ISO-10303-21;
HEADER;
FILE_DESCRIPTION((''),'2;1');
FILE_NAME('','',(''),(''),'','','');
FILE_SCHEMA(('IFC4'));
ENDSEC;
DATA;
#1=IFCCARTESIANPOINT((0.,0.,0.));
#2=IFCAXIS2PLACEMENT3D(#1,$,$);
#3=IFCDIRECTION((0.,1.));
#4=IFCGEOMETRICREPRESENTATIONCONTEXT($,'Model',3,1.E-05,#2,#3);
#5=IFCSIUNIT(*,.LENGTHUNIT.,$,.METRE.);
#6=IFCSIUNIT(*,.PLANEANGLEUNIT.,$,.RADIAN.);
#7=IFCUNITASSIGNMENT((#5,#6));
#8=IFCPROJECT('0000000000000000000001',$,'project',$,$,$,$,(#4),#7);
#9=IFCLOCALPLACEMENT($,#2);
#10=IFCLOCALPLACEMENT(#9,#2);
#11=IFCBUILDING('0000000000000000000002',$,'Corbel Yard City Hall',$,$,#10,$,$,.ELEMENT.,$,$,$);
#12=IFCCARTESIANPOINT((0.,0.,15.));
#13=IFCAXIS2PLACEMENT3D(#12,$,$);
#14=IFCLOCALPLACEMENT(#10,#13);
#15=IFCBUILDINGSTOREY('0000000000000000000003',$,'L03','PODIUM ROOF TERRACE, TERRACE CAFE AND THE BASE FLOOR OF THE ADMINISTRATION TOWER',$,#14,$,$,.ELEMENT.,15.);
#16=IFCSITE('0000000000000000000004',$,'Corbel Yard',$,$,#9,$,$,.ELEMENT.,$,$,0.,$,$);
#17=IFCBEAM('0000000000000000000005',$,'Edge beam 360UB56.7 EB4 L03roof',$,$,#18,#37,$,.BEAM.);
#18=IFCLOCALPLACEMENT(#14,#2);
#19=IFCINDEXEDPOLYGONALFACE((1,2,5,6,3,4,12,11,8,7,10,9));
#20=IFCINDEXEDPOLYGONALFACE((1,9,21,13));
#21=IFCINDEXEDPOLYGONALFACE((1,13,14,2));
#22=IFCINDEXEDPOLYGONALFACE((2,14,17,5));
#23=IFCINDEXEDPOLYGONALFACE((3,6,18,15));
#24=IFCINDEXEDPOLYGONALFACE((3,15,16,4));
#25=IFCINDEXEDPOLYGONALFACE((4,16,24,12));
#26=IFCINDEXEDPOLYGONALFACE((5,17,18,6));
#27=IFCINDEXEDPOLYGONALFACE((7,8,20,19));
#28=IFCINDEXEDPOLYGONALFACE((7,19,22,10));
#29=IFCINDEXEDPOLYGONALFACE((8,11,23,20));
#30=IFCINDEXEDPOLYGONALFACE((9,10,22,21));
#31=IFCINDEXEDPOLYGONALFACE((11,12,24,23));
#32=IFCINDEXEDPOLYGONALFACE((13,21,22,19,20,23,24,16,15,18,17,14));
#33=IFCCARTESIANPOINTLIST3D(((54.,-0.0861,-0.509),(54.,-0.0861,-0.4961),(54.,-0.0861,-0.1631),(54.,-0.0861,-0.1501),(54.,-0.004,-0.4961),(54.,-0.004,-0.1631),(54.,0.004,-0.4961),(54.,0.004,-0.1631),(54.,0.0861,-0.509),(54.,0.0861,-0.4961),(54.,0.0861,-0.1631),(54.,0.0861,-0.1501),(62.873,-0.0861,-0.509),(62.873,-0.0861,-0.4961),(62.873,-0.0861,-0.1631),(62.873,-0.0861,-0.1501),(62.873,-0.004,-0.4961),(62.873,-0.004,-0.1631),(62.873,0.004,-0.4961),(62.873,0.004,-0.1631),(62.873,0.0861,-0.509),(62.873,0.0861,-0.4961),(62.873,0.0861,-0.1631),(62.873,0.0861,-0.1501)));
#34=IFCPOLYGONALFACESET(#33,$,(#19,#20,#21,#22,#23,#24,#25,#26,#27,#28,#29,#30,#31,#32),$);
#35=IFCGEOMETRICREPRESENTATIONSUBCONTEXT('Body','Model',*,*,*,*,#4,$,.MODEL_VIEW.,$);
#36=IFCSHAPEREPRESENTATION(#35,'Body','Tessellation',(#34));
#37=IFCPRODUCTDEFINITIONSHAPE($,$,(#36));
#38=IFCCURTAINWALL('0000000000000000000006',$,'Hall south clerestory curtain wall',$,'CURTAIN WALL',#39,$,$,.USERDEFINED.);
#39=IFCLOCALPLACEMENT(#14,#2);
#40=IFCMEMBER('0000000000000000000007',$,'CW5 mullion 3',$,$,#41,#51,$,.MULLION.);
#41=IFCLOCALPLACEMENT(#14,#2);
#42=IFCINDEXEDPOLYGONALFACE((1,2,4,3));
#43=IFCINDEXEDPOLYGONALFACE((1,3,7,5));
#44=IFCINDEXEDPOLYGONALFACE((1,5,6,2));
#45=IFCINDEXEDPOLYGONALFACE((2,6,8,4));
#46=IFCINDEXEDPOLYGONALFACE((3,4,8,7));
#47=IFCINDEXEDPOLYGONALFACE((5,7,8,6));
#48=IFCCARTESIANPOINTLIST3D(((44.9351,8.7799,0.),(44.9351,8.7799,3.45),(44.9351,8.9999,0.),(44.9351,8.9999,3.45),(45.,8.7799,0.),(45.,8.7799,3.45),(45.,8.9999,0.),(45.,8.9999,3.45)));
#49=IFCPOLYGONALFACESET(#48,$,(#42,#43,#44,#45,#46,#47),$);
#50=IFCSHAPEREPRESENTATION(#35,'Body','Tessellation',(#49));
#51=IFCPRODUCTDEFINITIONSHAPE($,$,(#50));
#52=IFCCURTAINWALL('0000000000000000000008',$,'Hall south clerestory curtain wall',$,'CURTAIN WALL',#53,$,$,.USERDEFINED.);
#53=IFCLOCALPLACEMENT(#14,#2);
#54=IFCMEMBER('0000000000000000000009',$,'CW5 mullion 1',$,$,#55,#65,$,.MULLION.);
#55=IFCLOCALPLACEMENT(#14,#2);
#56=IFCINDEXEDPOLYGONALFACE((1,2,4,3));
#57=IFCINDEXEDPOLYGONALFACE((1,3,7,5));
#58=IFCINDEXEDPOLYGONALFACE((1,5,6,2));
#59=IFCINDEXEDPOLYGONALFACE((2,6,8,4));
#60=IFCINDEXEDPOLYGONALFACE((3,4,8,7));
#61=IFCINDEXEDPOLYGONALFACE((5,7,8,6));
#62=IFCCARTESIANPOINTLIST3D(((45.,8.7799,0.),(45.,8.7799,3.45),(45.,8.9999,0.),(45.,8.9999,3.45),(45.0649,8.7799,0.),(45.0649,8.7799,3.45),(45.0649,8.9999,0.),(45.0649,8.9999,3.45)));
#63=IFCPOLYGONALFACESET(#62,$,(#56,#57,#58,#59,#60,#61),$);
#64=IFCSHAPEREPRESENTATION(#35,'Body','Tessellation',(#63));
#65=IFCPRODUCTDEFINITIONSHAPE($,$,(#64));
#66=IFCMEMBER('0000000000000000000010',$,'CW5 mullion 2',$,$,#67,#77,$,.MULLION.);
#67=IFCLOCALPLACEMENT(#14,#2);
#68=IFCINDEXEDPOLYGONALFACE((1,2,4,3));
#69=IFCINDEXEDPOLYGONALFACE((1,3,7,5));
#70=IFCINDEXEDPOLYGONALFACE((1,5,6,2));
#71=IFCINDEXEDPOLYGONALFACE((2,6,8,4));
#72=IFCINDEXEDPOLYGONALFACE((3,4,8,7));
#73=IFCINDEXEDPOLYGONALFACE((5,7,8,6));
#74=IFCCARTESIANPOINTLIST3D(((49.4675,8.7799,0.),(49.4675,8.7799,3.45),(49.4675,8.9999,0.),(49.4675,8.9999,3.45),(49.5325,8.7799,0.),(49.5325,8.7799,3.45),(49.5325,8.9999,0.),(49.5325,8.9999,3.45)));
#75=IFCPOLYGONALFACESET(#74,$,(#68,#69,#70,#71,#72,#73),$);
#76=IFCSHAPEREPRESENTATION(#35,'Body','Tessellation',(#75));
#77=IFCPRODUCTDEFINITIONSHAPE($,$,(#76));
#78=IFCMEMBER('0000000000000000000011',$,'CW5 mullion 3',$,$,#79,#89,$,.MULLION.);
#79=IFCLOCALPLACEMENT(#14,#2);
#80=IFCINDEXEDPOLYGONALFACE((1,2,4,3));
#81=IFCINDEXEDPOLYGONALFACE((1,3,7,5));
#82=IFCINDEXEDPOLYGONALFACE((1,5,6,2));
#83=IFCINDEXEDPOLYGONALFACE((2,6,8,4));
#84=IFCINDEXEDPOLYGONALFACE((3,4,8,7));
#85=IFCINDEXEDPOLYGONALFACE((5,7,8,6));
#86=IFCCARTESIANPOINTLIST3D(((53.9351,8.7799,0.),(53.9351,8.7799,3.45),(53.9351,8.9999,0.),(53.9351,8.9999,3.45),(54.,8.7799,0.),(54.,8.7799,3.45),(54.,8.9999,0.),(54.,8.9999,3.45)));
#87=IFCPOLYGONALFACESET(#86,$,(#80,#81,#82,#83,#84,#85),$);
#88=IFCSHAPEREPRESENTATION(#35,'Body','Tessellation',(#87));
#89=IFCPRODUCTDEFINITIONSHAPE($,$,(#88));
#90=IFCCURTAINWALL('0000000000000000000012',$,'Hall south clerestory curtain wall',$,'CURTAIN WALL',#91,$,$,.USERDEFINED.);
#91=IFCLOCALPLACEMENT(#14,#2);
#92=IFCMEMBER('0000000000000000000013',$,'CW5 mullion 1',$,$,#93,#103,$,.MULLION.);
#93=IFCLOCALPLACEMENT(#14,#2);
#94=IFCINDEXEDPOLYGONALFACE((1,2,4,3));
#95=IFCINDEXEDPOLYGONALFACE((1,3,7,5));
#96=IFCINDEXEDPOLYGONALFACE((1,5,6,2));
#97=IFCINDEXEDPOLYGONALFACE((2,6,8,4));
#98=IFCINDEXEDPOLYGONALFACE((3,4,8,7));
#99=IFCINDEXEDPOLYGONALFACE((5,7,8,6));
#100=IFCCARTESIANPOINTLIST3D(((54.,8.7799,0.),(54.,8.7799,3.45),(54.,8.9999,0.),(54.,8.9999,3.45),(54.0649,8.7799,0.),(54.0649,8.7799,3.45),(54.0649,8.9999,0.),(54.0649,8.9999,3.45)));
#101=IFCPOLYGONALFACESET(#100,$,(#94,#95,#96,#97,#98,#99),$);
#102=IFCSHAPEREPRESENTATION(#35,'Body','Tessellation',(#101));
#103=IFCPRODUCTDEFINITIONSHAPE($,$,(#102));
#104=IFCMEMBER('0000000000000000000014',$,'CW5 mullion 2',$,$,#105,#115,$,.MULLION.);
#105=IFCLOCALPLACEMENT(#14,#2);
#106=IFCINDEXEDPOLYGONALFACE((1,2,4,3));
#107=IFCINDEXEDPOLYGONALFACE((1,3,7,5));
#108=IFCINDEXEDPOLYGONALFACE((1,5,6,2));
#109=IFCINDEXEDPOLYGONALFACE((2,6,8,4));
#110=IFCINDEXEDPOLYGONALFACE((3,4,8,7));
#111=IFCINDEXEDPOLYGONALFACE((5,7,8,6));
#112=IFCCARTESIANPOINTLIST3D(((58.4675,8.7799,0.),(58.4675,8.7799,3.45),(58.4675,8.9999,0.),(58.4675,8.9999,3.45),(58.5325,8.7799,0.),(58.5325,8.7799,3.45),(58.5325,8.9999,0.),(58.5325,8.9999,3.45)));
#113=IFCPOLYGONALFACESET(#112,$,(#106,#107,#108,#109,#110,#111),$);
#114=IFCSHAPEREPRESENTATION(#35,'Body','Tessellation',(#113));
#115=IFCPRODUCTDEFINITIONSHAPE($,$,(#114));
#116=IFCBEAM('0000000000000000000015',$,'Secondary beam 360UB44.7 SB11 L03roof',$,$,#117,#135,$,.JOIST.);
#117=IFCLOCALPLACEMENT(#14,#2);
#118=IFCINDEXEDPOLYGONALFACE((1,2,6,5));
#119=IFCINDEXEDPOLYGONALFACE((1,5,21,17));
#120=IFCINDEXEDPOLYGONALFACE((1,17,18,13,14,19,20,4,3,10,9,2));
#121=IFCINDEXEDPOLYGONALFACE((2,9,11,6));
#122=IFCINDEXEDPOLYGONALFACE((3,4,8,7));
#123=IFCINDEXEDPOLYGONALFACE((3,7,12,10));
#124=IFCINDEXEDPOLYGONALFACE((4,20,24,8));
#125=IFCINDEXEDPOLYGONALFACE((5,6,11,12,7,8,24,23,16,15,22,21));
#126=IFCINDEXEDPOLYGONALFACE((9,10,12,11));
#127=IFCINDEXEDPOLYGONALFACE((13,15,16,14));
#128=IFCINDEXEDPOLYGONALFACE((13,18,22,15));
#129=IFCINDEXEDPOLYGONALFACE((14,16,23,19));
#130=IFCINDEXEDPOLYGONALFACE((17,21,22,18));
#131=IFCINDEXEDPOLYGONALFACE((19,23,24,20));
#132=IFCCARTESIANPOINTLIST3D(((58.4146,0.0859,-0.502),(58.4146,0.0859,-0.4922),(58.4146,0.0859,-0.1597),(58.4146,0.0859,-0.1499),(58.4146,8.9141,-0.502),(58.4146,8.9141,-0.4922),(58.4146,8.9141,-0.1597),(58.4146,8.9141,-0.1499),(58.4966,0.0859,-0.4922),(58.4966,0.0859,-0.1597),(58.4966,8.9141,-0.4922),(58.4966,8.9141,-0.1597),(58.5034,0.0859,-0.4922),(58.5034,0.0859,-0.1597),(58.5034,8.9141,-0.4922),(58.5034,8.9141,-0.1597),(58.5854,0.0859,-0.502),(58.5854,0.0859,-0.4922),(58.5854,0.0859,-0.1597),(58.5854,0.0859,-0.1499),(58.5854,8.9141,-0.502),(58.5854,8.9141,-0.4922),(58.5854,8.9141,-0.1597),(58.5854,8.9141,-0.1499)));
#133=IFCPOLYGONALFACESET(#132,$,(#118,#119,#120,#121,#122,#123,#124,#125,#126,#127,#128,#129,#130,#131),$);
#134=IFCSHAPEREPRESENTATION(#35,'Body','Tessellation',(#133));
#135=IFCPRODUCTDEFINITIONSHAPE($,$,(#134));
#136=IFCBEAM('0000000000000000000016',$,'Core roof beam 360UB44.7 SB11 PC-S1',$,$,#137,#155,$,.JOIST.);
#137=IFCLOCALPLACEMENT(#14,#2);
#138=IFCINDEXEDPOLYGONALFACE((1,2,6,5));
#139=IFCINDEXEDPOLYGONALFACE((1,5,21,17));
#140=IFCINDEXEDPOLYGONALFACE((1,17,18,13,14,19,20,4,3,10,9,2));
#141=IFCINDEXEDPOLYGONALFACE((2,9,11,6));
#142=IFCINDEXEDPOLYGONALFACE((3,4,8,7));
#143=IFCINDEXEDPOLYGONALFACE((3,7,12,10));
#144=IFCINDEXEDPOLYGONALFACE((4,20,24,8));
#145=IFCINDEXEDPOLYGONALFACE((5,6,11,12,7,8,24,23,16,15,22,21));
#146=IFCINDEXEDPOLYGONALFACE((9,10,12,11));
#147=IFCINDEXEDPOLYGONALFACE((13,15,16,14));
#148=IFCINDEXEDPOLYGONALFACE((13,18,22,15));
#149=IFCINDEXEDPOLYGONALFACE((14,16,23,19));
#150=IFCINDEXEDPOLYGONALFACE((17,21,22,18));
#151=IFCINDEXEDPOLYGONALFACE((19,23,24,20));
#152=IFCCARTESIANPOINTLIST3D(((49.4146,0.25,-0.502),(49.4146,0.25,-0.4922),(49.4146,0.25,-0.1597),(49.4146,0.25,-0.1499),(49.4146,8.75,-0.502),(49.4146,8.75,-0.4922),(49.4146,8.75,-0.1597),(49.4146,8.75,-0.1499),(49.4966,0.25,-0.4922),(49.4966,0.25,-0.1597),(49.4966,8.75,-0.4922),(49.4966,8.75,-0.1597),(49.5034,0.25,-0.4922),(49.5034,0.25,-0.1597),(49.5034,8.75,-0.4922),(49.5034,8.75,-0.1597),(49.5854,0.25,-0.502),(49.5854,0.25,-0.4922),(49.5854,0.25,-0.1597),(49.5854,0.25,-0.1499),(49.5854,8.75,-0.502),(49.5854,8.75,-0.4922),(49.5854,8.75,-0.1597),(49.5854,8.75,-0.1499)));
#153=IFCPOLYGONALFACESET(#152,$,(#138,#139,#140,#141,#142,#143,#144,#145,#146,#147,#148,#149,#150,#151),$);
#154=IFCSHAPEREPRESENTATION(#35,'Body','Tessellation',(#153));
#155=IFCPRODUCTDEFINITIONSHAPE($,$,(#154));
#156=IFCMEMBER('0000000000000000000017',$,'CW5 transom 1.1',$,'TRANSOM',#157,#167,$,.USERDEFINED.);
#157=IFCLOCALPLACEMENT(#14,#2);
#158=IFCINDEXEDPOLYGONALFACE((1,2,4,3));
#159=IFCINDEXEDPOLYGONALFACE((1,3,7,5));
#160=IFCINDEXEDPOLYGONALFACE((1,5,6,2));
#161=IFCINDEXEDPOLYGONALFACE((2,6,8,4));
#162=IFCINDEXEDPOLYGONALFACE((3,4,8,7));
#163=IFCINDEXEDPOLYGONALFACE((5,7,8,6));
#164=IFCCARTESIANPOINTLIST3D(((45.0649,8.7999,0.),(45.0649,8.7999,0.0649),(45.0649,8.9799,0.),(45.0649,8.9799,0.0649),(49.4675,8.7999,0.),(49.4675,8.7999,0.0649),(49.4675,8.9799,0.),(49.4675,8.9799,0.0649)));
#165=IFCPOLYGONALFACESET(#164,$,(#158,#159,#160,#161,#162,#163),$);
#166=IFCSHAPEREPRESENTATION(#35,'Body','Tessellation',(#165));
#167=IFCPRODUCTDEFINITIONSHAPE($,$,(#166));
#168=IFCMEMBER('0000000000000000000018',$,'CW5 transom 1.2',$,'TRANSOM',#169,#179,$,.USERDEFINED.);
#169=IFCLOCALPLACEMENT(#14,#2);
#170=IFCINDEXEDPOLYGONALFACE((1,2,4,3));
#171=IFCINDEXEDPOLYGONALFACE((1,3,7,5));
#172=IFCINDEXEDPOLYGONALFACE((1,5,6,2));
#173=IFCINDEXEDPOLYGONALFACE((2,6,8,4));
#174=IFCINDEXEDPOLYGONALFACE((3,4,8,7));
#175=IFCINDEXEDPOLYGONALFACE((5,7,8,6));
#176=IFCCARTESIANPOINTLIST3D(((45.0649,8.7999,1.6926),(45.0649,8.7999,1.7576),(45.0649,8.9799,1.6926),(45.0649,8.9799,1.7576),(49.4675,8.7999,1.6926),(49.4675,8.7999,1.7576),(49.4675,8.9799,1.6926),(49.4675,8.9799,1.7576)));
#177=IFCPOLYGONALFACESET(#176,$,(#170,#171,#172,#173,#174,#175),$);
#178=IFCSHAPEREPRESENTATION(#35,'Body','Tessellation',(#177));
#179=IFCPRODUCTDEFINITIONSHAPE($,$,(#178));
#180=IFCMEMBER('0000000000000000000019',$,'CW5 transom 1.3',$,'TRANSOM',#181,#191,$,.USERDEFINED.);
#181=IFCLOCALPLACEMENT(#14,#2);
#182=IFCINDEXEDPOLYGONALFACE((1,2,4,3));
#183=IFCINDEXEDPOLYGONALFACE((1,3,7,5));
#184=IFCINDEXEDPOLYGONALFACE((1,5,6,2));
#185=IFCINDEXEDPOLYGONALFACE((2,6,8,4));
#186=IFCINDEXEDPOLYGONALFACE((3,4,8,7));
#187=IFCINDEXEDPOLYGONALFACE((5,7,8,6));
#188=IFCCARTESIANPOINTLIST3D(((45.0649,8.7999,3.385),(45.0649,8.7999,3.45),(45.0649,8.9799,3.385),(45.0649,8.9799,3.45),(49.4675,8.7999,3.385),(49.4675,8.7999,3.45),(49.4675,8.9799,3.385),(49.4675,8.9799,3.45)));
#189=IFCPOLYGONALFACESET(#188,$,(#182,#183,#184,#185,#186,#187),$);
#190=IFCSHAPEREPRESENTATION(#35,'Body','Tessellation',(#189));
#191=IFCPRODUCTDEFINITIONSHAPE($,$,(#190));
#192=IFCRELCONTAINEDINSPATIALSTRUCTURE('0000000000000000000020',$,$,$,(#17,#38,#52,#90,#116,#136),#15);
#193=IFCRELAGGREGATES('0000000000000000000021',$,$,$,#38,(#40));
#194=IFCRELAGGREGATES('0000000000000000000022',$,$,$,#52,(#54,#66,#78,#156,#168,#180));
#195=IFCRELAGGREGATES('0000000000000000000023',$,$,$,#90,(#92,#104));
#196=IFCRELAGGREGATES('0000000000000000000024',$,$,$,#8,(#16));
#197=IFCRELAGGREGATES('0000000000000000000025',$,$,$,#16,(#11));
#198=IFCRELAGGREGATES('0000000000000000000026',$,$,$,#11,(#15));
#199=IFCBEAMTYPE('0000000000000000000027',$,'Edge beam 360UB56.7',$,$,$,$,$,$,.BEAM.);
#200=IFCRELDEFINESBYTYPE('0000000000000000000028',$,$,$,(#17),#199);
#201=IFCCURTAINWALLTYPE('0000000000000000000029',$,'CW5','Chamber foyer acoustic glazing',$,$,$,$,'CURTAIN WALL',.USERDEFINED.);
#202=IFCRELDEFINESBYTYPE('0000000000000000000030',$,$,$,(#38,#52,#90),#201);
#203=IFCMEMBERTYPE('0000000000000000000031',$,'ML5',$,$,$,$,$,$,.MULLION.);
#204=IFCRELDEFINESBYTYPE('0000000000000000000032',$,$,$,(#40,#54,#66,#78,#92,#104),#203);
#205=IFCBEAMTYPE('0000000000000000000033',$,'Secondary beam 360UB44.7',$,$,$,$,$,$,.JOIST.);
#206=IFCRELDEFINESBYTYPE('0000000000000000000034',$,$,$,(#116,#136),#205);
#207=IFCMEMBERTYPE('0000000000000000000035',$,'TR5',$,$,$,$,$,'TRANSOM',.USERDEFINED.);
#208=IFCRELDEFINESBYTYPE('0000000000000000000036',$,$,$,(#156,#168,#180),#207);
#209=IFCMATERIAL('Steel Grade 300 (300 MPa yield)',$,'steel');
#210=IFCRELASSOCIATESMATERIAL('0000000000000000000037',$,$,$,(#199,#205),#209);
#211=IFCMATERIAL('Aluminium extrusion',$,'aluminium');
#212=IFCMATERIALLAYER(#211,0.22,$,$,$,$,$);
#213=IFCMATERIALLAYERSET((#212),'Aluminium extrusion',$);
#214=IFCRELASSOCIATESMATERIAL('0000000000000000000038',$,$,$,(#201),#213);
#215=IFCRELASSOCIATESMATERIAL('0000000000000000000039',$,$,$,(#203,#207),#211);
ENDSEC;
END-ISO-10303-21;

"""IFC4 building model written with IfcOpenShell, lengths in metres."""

from ifc_helpers import new_model, si_unit, direction, frame, origin, origin_2d, place, context, subcontext, project, spatial, rectangle, i_section, extrude, material, layer, layer_set, material_profile, profile_set, type_object, element, aggregate, save


model = new_model("IFC4")

# Units and contexts
model_context = context("Model", 3, precision=1e-05, world=origin(), true_north=direction((0.0, 1.0)))
body_context = subcontext(model_context, "Body", "Model", "MODEL_VIEW")
ifc_project = project(units=[si_unit("LENGTHUNIT", "METRE"), si_unit("PLANEANGLEUNIT", "RADIAN")], contexts=[model_context])

# Site, building, storey
site_placement = place(None, origin())
site = spatial("IfcSite", under=ifc_project, at=site_placement, Name="Corbel Yard", CompositionType="ELEMENT", RefElevation=0.0)
building_placement = place(site_placement, origin())
building = spatial("IfcBuilding", under=site, at=building_placement, Name="Corbel Yard City Hall", CompositionType="ELEMENT")
storey_placement = place(building_placement, frame((0.0, 0.0, 15.0)))
storey = spatial("IfcBuildingStorey", under=building, at=storey_placement, Name="L03", Description="PODIUM ROOF TERRACE, TERRACE CAFE AND THE BASE FLOOR OF THE ADMINISTRATION TOWER", CompositionType="ELEMENT", Elevation=15.0)

# Beam
ifc_material_1 = material(Name="Steel Grade 300 (300 MPa yield)", Category="steel")
ifc_material_profile_1 = material_profile(ifc_material_1, i_section(OverallWidth=0.1721, OverallDepth=0.3589, WebThickness=0.0081, FlangeThickness=0.0129, at=origin_2d()), Name="360UB56.7")
ifc_profile_set_1 = profile_set([ifc_material_profile_1], Name="Steel Grade 300 (300 MPa yield)")
beam_type_1 = type_object("IfcBeamType", Name="Edge beam 360UB56.7", PredefinedType="BEAM", material=ifc_profile_set_1)
beam_1_placement = place(storey_placement, frame((54.0, 0.0, -0.3296), z_axis=(1.0, 0.0, 0.0), x_axis=(0.0, 1.0, 0.0)))
element("IfcBeam", 1, at=beam_1_placement, inside=storey, type_object=beam_type_1, Name="Edge beam 360UB56.7 EB4 L03roof", PredefinedType="BEAM", context=body_context, shape_type="SweptSolid", body=[
    extrude(i_section(OverallWidth=0.1721, OverallDepth=0.3589, WebThickness=0.0081, FlangeThickness=0.0129, at=origin_2d()), origin(), (0.0, 0.0, 1.0), 8.873),
])

# Curtain wall, member
ifc_material_2 = material(Name="Aluminium extrusion", Category="aluminium")
ifc_layer_1 = layer(ifc_material_2, 0.22)
ifc_layer_set_1 = layer_set([ifc_layer_1], Name="Aluminium extrusion")
curtain_wall_type = type_object("IfcCurtainWallType", Name="CW5", Description="Chamber foyer acoustic glazing", ElementType="CURTAIN WALL", PredefinedType="USERDEFINED", material=ifc_layer_set_1)
curtain_wall_1_placement = place(storey_placement, origin())
curtain_wall_1 = element("IfcCurtainWall", 2, at=curtain_wall_1_placement, inside=storey, type_object=curtain_wall_type, Name="Hall south clerestory curtain wall", ObjectType="CURTAIN WALL", PredefinedType="USERDEFINED")
ifc_material_profile_2 = material_profile(ifc_material_2, rectangle(XDim=0.22, YDim=0.0649, at=origin_2d()), Name="220x65")
ifc_profile_set_2 = profile_set([ifc_material_profile_2], Name="Aluminium extrusion")
member_type_1 = type_object("IfcMemberType", Name="ML5", PredefinedType="MULLION", material=ifc_profile_set_2)
member_1_placement = place(storey_placement, frame((44.9675, 8.8899, 0.0), z_axis=(0.0, 0.0, 1.0), x_axis=(0.0, 1.0, 0.0)))
member_1 = element("IfcMember", 3, at=member_1_placement, type_object=member_type_1, Name="CW5 mullion 3", PredefinedType="MULLION", context=body_context, shape_type="SweptSolid", body=[
    extrude(rectangle(XDim=0.22, YDim=0.0649, at=origin_2d()), origin(), (0.0, 0.0, 1.0), 3.45),
])

# Curtain walls, members
curtain_wall_2_placement = place(storey_placement, origin())
curtain_wall_2 = element("IfcCurtainWall", 4, at=curtain_wall_2_placement, inside=storey, type_object=curtain_wall_type, Name="Hall south clerestory curtain wall", ObjectType="CURTAIN WALL", PredefinedType="USERDEFINED")
member_2_placement = place(storey_placement, frame((45.0325, 8.8899, 0.0), z_axis=(0.0, 0.0, 1.0), x_axis=(0.0, 1.0, 0.0)))
member_2 = element("IfcMember", 5, at=member_2_placement, type_object=member_type_1, Name="CW5 mullion 1", PredefinedType="MULLION", context=body_context, shape_type="SweptSolid", body=[
    extrude(rectangle(XDim=0.22, YDim=0.0649, at=origin_2d()), origin(), (0.0, 0.0, 1.0), 3.45),
])
member_3_placement = place(storey_placement, frame((49.5, 8.8899, 0.0), z_axis=(0.0, 0.0, 1.0), x_axis=(0.0, 1.0, 0.0)))
member_3 = element("IfcMember", 6, at=member_3_placement, type_object=member_type_1, Name="CW5 mullion 2", PredefinedType="MULLION", context=body_context, shape_type="SweptSolid", body=[
    extrude(rectangle(XDim=0.22, YDim=0.0649, at=origin_2d()), origin(), (0.0, 0.0, 1.0), 3.45),
])
member_4_placement = place(storey_placement, frame((53.9675, 8.8899, 0.0), z_axis=(0.0, 0.0, 1.0), x_axis=(0.0, 1.0, 0.0)))
member_4 = element("IfcMember", 7, at=member_4_placement, type_object=member_type_1, Name="CW5 mullion 3", PredefinedType="MULLION", context=body_context, shape_type="SweptSolid", body=[
    extrude(rectangle(XDim=0.22, YDim=0.0649, at=origin_2d()), origin(), (0.0, 0.0, 1.0), 3.45),
])
curtain_wall_3_placement = place(storey_placement, origin())
curtain_wall_3 = element("IfcCurtainWall", 8, at=curtain_wall_3_placement, inside=storey, type_object=curtain_wall_type, Name="Hall south clerestory curtain wall", ObjectType="CURTAIN WALL", PredefinedType="USERDEFINED")
member_5_placement = place(storey_placement, frame((54.0325, 8.8899, 0.0), z_axis=(0.0, 0.0, 1.0), x_axis=(0.0, 1.0, 0.0)))
member_5 = element("IfcMember", 9, at=member_5_placement, type_object=member_type_1, Name="CW5 mullion 1", PredefinedType="MULLION", context=body_context, shape_type="SweptSolid", body=[
    extrude(rectangle(XDim=0.22, YDim=0.0649, at=origin_2d()), origin(), (0.0, 0.0, 1.0), 3.45),
])
member_6_placement = place(storey_placement, frame((58.5, 8.8899, 0.0), z_axis=(0.0, 0.0, 1.0), x_axis=(0.0, 1.0, 0.0)))
member_6 = element("IfcMember", 10, at=member_6_placement, type_object=member_type_1, Name="CW5 mullion 2", PredefinedType="MULLION", context=body_context, shape_type="SweptSolid", body=[
    extrude(rectangle(XDim=0.22, YDim=0.0649, at=origin_2d()), origin(), (0.0, 0.0, 1.0), 3.45),
])

# Beams
ifc_material_profile_3 = material_profile(ifc_material_1, i_section(OverallWidth=0.1709, OverallDepth=0.3521, WebThickness=0.0068, FlangeThickness=0.0098, at=origin_2d()), Name="360UB44.7")
ifc_profile_set_3 = profile_set([ifc_material_profile_3], Name="Steel Grade 300 (300 MPa yield)")
beam_type_2 = type_object("IfcBeamType", Name="Secondary beam 360UB44.7", PredefinedType="JOIST", material=ifc_profile_set_3)
beam_2_placement = place(storey_placement, frame((58.5, 0.0859, -0.3259), z_axis=(0.0, 1.0, 0.0), x_axis=(-1.0, 0.0, 0.0)))
element("IfcBeam", 11, at=beam_2_placement, inside=storey, type_object=beam_type_2, Name="Secondary beam 360UB44.7 SB11 L03roof", PredefinedType="JOIST", context=body_context, shape_type="SweptSolid", body=[
    extrude(i_section(OverallWidth=0.1709, OverallDepth=0.3521, WebThickness=0.0068, FlangeThickness=0.0098, at=origin_2d()), origin(), (0.0, 0.0, 1.0), 8.8281),
])
beam_3_placement = place(storey_placement, frame((49.5, 0.25, -0.3259), z_axis=(0.0, 1.0, 0.0), x_axis=(-1.0, 0.0, 0.0)))
element("IfcBeam", 12, at=beam_3_placement, inside=storey, type_object=beam_type_2, Name="Core roof beam 360UB44.7 SB11 PC-S1", PredefinedType="JOIST", context=body_context, shape_type="SweptSolid", body=[
    extrude(i_section(OverallWidth=0.1709, OverallDepth=0.3521, WebThickness=0.0068, FlangeThickness=0.0098, at=origin_2d()), origin(), (0.0, 0.0, 1.0), 8.5),
])

# Members
ifc_material_profile_4 = material_profile(ifc_material_2, rectangle(XDim=0.1799, YDim=0.0649, at=origin_2d()), Name="180x65")
ifc_profile_set_4 = profile_set([ifc_material_profile_4], Name="Aluminium extrusion")
member_type_2 = type_object("IfcMemberType", Name="TR5", ElementType="TRANSOM", PredefinedType="USERDEFINED", material=ifc_profile_set_4)
member_7_placement = place(storey_placement, frame((45.0649, 8.8899, 0.0325), z_axis=(1.0, 0.0, 0.0), x_axis=(0.0, 1.0, 0.0)))
member_7 = element("IfcMember", 13, at=member_7_placement, type_object=member_type_2, Name="CW5 transom 1.1", ObjectType="TRANSOM", PredefinedType="USERDEFINED", context=body_context, shape_type="SweptSolid", body=[
    extrude(rectangle(XDim=0.1799, YDim=0.0649, at=origin_2d()), origin(), (0.0, 0.0, 1.0), 4.4026),
])
member_8_placement = place(storey_placement, frame((45.0649, 8.8899, 1.7251), z_axis=(1.0, 0.0, 0.0), x_axis=(0.0, 1.0, 0.0)))
member_8 = element("IfcMember", 14, at=member_8_placement, type_object=member_type_2, Name="CW5 transom 1.2", ObjectType="TRANSOM", PredefinedType="USERDEFINED", context=body_context, shape_type="SweptSolid", body=[
    extrude(rectangle(XDim=0.1799, YDim=0.0649, at=origin_2d()), origin(), (0.0, 0.0, 1.0), 4.4026),
])
member_9_placement = place(storey_placement, frame((45.0649, 8.8899, 3.4175), z_axis=(1.0, 0.0, 0.0), x_axis=(0.0, 1.0, 0.0)))
member_9 = element("IfcMember", 15, at=member_9_placement, type_object=member_type_2, Name="CW5 transom 1.3", ObjectType="TRANSOM", PredefinedType="USERDEFINED", context=body_context, shape_type="SweptSolid", body=[
    extrude(rectangle(XDim=0.1799, YDim=0.0649, at=origin_2d()), origin(), (0.0, 0.0, 1.0), 4.4026),
])

aggregate(curtain_wall_1, [member_1])
aggregate(curtain_wall_2, [member_2, member_3, member_4, member_7, member_8, member_9])
aggregate(curtain_wall_3, [member_5, member_6])

save(model, "model.ifc")
